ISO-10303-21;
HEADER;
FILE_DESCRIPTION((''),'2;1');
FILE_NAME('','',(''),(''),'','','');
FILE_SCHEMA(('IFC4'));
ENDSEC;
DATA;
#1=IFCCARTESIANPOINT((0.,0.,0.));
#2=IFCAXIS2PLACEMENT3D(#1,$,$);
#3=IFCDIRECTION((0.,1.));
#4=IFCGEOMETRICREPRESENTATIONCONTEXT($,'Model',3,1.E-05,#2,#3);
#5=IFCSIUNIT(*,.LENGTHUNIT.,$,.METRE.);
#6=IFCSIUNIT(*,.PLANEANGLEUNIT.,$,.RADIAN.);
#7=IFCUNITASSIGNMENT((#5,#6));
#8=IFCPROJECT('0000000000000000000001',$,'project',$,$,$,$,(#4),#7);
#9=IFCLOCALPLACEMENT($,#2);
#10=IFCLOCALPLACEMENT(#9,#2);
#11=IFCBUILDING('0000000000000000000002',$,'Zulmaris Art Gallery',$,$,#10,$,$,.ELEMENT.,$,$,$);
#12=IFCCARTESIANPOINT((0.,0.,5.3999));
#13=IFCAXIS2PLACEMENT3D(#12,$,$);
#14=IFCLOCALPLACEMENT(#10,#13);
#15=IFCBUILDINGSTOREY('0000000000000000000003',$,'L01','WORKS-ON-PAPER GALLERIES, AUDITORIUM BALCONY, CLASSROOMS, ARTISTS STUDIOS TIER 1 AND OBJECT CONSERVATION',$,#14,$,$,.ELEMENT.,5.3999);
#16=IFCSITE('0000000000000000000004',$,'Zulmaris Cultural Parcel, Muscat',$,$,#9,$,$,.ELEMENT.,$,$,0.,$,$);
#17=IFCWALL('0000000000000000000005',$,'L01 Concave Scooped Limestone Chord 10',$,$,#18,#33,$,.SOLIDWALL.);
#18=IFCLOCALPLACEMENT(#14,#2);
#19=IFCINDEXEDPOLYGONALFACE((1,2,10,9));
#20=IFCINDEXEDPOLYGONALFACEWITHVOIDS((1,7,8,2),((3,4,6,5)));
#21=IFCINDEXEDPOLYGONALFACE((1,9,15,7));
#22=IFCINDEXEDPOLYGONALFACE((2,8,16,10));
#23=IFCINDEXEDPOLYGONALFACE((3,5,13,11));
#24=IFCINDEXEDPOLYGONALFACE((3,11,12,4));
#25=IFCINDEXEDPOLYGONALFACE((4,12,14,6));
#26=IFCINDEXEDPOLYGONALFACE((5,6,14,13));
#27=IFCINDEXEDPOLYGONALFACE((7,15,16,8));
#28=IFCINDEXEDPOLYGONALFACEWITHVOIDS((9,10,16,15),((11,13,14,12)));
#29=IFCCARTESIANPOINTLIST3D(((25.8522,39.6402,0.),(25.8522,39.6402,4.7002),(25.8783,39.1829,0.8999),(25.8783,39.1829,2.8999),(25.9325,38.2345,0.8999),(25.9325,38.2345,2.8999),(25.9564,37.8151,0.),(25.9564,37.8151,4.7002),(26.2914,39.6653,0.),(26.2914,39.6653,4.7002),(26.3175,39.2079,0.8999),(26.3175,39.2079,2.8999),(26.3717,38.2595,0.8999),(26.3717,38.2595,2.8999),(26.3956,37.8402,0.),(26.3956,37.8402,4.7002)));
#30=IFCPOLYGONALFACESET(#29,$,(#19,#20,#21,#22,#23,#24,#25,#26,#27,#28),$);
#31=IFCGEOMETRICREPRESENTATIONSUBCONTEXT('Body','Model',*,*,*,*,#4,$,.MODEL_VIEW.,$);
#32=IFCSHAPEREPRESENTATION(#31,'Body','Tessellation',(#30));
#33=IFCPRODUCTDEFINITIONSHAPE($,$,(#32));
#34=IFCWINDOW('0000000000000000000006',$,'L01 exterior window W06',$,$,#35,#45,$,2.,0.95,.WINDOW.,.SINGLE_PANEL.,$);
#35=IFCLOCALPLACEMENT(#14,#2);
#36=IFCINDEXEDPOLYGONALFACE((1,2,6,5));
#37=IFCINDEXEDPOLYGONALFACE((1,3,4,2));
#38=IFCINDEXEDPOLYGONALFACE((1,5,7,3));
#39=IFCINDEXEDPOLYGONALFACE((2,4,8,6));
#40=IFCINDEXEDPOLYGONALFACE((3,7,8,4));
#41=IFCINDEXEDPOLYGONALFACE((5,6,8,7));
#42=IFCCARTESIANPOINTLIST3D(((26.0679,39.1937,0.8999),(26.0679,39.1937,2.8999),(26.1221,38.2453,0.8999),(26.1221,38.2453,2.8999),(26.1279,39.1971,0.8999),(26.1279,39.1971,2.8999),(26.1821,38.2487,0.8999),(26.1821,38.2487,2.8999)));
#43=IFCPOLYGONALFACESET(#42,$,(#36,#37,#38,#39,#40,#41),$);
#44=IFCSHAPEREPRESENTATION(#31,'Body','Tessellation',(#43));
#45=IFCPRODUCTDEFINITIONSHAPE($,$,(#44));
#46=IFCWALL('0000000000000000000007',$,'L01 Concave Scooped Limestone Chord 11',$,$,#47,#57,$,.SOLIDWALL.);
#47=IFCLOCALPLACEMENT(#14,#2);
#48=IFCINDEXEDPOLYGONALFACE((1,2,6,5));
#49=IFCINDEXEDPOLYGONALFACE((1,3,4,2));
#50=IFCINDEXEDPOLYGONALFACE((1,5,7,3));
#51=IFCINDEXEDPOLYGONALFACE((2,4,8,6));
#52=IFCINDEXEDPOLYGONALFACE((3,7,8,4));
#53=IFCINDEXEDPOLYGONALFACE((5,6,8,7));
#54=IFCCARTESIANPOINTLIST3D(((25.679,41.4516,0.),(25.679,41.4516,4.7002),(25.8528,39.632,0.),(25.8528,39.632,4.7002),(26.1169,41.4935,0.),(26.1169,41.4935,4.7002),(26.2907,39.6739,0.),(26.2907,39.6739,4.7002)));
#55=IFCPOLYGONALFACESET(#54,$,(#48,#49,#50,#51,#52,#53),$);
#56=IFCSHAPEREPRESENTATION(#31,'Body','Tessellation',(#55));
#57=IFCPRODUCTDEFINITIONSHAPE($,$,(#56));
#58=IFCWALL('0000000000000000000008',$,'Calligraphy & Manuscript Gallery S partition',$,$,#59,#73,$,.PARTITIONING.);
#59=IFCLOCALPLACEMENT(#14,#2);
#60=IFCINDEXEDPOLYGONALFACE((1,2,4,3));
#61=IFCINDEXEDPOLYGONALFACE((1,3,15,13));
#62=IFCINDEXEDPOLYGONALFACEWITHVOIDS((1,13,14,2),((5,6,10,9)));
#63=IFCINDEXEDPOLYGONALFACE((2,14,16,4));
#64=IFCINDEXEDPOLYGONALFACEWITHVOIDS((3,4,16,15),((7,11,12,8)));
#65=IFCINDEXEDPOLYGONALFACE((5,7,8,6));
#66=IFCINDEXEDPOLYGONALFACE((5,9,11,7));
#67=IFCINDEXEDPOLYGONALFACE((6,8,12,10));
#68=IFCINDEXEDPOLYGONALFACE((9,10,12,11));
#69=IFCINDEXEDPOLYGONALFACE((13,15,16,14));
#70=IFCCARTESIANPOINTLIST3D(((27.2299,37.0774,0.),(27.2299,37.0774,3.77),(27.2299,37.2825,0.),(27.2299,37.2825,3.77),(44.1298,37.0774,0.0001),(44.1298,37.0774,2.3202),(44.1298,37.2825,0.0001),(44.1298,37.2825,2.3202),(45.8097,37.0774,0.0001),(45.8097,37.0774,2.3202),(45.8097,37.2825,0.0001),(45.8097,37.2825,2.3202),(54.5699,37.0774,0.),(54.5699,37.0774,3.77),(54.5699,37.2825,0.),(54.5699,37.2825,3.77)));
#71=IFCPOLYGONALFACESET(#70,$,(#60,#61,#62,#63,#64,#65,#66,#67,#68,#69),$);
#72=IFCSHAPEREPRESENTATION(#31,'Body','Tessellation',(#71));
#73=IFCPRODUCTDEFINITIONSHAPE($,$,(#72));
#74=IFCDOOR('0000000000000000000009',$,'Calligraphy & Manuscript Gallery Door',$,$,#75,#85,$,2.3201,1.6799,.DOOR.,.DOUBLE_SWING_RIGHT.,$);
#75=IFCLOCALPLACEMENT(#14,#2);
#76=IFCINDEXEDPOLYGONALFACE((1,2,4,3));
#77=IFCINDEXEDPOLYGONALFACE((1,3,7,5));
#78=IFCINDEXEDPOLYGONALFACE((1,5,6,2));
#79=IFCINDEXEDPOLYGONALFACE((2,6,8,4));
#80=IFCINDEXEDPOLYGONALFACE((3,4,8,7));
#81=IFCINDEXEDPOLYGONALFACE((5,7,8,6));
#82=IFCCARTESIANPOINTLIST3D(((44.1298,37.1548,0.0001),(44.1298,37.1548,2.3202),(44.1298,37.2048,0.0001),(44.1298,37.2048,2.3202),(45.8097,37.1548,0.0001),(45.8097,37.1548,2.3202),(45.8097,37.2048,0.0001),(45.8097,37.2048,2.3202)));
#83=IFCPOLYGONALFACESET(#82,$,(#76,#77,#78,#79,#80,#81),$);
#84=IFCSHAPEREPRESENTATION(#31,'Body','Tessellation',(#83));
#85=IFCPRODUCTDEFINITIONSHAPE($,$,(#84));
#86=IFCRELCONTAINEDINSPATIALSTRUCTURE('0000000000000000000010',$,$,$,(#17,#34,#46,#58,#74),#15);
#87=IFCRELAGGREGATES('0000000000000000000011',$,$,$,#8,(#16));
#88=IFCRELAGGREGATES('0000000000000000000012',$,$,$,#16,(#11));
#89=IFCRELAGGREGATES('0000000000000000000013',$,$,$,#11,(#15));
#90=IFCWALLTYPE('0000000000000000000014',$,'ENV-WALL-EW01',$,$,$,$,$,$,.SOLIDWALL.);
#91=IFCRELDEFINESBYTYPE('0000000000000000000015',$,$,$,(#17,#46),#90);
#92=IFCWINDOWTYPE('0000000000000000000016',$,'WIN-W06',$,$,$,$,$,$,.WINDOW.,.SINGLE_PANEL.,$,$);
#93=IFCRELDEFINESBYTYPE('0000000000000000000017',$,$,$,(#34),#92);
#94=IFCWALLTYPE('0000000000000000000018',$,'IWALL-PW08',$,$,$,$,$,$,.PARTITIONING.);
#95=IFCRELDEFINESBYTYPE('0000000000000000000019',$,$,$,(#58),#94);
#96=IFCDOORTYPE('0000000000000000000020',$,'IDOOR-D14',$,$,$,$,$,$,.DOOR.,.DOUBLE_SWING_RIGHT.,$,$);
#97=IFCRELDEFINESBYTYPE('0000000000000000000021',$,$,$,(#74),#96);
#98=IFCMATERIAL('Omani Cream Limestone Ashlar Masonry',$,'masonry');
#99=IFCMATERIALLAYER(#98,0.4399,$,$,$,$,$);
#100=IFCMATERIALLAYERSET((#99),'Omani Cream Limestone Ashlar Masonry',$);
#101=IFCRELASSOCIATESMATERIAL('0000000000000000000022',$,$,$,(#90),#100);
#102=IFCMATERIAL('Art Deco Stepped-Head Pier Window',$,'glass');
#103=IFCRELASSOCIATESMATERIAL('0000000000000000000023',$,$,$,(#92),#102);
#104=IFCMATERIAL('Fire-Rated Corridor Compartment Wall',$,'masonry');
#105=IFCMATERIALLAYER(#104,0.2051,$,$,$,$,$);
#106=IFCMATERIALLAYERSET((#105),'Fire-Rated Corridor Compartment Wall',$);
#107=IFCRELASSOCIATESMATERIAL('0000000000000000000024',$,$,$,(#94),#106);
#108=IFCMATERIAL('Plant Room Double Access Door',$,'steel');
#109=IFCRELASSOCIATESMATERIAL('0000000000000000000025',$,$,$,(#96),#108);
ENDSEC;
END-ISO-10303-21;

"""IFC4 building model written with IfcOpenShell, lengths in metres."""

from ifc_helpers import new_model, si_unit, direction, frame, frame_2d, origin, place, context, subcontext, project, spatial, rectangle, extrude, material, layer, layer_set, type_object, element, fill, save


model = new_model("IFC4")

# Units and contexts
model_context = context("Model", 3, precision=1e-05, world=origin(), true_north=direction((0.0, 1.0)))
body_context = subcontext(model_context, "Body", "Model", "MODEL_VIEW")
ifc_project = project(units=[si_unit("LENGTHUNIT", "METRE"), si_unit("PLANEANGLEUNIT", "RADIAN")], contexts=[model_context])

# Site, building, storey
site_placement = place(None, origin())
site = spatial("IfcSite", under=ifc_project, at=site_placement, Name="Zulmaris Cultural Parcel, Muscat", CompositionType="ELEMENT", RefElevation=0.0)
building_placement = place(site_placement, origin())
building = spatial("IfcBuilding", under=site, at=building_placement, Name="Zulmaris Art Gallery", CompositionType="ELEMENT")
storey_placement = place(building_placement, frame((0.0, 0.0, 5.3999)))
storey = spatial("IfcBuildingStorey", under=building, at=storey_placement, Name="L01", Description="WORKS-ON-PAPER GALLERIES, AUDITORIUM BALCONY, CLASSROOMS, ARTISTS STUDIOS TIER 1 AND OBJECT CONSERVATION", CompositionType="ELEMENT", Elevation=5.3999)

# Shared definitions
ifc_material_1 = material(Name="Omani Cream Limestone Ashlar Masonry", Category="masonry")
ifc_layer_1 = layer(ifc_material_1, 0.4399)
ifc_layer_set_1 = layer_set([ifc_layer_1], Name="Omani Cream Limestone Ashlar Masonry")
wall_type_1 = type_object("IfcWallType", Name="ENV-WALL-EW01", PredefinedType="SOLIDWALL", material=ifc_layer_set_1)

# Shared definitions
ifc_material_2 = material(Name="Art Deco Stepped-Head Pier Window", Category="glass")
window_type = type_object("IfcWindowType", Name="WIN-W06", PartitioningType="SINGLE_PANEL", PredefinedType="WINDOW", material=ifc_material_2)

# Wall, opening, window
wall_1_placement = place(storey_placement, frame((26.176, 37.8276, 0.0), z_axis=(0.0, 0.0, 1.0), x_axis=(-0.057023, 0.998373, 0.0)))
wall_1 = element("IfcWall", 1, at=wall_1_placement, inside=storey, type_object=wall_type_1, Name="L01 Concave Scooped Limestone Chord 10", PredefinedType="SOLIDWALL", context=body_context, shape_type="SweptSolid", body=[
    extrude(rectangle(XDim=1.8281, YDim=0.4399, at=frame_2d((0.9141, 0.0))), origin(), (0.0, 0.0, 1.0), 4.7002),
])
opening_1_placement = place(wall_1_placement, frame((0.4199, 0.0, 0.8999)))
opening_1 = element("IfcOpeningElement", 2, at=opening_1_placement, cuts=wall_1, PredefinedType="OPENING", context=body_context, shape_type="SweptSolid", body=[
    extrude(rectangle(XDim=0.95, YDim=2.0, at=frame_2d((0.4751, 1.0))), frame((0.0, 0.23, 0.0), z_axis=(0.0, -1.0, 0.0), x_axis=(1.0, 0.0, 0.0)), (0.0, 0.0, 1.0), 0.46),
])
window_1_placement = place(opening_1_placement, origin())
window_1 = element("IfcWindow", 3, at=window_1_placement, inside=storey, type_object=window_type, Name="L01 exterior window W06", OverallHeight=2.0, OverallWidth=0.95, PartitioningType="SINGLE_PANEL", PredefinedType="WINDOW", context=body_context, shape_type="SweptSolid", body=[
    extrude(rectangle(XDim=0.95, YDim=2.0, at=frame_2d((0.4751, 1.0))), frame((0.0, 0.03, 0.0), z_axis=(0.0, -1.0, 0.0), x_axis=(1.0, 0.0, 0.0)), (0.0, 0.0, 1.0), 0.0601),
])
fill(opening_1, window_1)

# Wall
wall_2_placement = place(storey_placement, frame((26.0718, 39.6528, 0.0), z_axis=(0.0, 0.0, 1.0), x_axis=(-0.095099, 0.995468, 0.0)))
element("IfcWall", 4, at=wall_2_placement, inside=storey, type_object=wall_type_1, Name="L01 Concave Scooped Limestone Chord 11", PredefinedType="SOLIDWALL", context=body_context, shape_type="SweptSolid", body=[
    extrude(rectangle(XDim=1.8279, YDim=0.4399, at=frame_2d((0.9141, 0.0))), origin(), (0.0, 0.0, 1.0), 4.7002),
])

# Wall, opening, door
ifc_material_3 = material(Name="Fire-Rated Corridor Compartment Wall", Category="masonry")
ifc_layer_2 = layer(ifc_material_3, 0.2051)
ifc_layer_set_2 = layer_set([ifc_layer_2], Name="Fire-Rated Corridor Compartment Wall")
wall_type_2 = type_object("IfcWallType", Name="IWALL-PW08", PredefinedType="PARTITIONING", material=ifc_layer_set_2)
wall_3_placement = place(storey_placement, frame((27.23, 37.1799, 0.0), z_axis=(0.0, 0.0, 1.0), x_axis=(1.0, 0.0, 0.0)))
wall_3 = element("IfcWall", 5, at=wall_3_placement, inside=storey, type_object=wall_type_2, Name="Calligraphy & Manuscript Gallery S partition", PredefinedType="PARTITIONING", context=body_context, shape_type="SweptSolid", body=[
    extrude(rectangle(XDim=27.3401, YDim=0.2051, at=frame_2d((13.6699, 0.0))), origin(), (0.0, 0.0, 1.0), 3.77),
])
opening_2_placement = place(wall_3_placement, frame((16.8999, 0.0, 0.0)))
opening_2 = element("IfcOpeningElement", 6, at=opening_2_placement, cuts=wall_3, PredefinedType="OPENING", context=body_context, shape_type="SweptSolid", body=[
    extrude(rectangle(XDim=1.6799, YDim=2.3201, at=frame_2d((0.8398, 1.1602))), frame((0.0, 0.1125, 0.0), z_axis=(0.0, -1.0, 0.0), x_axis=(1.0, 0.0, 0.0)), (0.0, 0.0, 1.0), 0.2251),
])
ifc_material_4 = material(Name="Plant Room Double Access Door", Category="steel")
door_type = type_object("IfcDoorType", Name="IDOOR-D14", OperationType="DOUBLE_SWING_RIGHT", PredefinedType="DOOR", material=ifc_material_4)
door_placement = place(opening_2_placement, origin())
door = element("IfcDoor", 7, at=door_placement, inside=storey, type_object=door_type, Name="Calligraphy & Manuscript Gallery Door", OperationType="DOUBLE_SWING_RIGHT", OverallHeight=2.3201, OverallWidth=1.6799, PredefinedType="DOOR", context=body_context, shape_type="SweptSolid", body=[
    extrude(rectangle(XDim=1.6799, YDim=2.3201, at=frame_2d((0.8398, 1.1602))), frame((0.0, 0.0249, 0.0), z_axis=(0.0, -1.0, 0.0), x_axis=(1.0, 0.0, 0.0)), (0.0, 0.0, 1.0), 0.05),
])
fill(opening_2, door)

save(model, "model.ifc")
